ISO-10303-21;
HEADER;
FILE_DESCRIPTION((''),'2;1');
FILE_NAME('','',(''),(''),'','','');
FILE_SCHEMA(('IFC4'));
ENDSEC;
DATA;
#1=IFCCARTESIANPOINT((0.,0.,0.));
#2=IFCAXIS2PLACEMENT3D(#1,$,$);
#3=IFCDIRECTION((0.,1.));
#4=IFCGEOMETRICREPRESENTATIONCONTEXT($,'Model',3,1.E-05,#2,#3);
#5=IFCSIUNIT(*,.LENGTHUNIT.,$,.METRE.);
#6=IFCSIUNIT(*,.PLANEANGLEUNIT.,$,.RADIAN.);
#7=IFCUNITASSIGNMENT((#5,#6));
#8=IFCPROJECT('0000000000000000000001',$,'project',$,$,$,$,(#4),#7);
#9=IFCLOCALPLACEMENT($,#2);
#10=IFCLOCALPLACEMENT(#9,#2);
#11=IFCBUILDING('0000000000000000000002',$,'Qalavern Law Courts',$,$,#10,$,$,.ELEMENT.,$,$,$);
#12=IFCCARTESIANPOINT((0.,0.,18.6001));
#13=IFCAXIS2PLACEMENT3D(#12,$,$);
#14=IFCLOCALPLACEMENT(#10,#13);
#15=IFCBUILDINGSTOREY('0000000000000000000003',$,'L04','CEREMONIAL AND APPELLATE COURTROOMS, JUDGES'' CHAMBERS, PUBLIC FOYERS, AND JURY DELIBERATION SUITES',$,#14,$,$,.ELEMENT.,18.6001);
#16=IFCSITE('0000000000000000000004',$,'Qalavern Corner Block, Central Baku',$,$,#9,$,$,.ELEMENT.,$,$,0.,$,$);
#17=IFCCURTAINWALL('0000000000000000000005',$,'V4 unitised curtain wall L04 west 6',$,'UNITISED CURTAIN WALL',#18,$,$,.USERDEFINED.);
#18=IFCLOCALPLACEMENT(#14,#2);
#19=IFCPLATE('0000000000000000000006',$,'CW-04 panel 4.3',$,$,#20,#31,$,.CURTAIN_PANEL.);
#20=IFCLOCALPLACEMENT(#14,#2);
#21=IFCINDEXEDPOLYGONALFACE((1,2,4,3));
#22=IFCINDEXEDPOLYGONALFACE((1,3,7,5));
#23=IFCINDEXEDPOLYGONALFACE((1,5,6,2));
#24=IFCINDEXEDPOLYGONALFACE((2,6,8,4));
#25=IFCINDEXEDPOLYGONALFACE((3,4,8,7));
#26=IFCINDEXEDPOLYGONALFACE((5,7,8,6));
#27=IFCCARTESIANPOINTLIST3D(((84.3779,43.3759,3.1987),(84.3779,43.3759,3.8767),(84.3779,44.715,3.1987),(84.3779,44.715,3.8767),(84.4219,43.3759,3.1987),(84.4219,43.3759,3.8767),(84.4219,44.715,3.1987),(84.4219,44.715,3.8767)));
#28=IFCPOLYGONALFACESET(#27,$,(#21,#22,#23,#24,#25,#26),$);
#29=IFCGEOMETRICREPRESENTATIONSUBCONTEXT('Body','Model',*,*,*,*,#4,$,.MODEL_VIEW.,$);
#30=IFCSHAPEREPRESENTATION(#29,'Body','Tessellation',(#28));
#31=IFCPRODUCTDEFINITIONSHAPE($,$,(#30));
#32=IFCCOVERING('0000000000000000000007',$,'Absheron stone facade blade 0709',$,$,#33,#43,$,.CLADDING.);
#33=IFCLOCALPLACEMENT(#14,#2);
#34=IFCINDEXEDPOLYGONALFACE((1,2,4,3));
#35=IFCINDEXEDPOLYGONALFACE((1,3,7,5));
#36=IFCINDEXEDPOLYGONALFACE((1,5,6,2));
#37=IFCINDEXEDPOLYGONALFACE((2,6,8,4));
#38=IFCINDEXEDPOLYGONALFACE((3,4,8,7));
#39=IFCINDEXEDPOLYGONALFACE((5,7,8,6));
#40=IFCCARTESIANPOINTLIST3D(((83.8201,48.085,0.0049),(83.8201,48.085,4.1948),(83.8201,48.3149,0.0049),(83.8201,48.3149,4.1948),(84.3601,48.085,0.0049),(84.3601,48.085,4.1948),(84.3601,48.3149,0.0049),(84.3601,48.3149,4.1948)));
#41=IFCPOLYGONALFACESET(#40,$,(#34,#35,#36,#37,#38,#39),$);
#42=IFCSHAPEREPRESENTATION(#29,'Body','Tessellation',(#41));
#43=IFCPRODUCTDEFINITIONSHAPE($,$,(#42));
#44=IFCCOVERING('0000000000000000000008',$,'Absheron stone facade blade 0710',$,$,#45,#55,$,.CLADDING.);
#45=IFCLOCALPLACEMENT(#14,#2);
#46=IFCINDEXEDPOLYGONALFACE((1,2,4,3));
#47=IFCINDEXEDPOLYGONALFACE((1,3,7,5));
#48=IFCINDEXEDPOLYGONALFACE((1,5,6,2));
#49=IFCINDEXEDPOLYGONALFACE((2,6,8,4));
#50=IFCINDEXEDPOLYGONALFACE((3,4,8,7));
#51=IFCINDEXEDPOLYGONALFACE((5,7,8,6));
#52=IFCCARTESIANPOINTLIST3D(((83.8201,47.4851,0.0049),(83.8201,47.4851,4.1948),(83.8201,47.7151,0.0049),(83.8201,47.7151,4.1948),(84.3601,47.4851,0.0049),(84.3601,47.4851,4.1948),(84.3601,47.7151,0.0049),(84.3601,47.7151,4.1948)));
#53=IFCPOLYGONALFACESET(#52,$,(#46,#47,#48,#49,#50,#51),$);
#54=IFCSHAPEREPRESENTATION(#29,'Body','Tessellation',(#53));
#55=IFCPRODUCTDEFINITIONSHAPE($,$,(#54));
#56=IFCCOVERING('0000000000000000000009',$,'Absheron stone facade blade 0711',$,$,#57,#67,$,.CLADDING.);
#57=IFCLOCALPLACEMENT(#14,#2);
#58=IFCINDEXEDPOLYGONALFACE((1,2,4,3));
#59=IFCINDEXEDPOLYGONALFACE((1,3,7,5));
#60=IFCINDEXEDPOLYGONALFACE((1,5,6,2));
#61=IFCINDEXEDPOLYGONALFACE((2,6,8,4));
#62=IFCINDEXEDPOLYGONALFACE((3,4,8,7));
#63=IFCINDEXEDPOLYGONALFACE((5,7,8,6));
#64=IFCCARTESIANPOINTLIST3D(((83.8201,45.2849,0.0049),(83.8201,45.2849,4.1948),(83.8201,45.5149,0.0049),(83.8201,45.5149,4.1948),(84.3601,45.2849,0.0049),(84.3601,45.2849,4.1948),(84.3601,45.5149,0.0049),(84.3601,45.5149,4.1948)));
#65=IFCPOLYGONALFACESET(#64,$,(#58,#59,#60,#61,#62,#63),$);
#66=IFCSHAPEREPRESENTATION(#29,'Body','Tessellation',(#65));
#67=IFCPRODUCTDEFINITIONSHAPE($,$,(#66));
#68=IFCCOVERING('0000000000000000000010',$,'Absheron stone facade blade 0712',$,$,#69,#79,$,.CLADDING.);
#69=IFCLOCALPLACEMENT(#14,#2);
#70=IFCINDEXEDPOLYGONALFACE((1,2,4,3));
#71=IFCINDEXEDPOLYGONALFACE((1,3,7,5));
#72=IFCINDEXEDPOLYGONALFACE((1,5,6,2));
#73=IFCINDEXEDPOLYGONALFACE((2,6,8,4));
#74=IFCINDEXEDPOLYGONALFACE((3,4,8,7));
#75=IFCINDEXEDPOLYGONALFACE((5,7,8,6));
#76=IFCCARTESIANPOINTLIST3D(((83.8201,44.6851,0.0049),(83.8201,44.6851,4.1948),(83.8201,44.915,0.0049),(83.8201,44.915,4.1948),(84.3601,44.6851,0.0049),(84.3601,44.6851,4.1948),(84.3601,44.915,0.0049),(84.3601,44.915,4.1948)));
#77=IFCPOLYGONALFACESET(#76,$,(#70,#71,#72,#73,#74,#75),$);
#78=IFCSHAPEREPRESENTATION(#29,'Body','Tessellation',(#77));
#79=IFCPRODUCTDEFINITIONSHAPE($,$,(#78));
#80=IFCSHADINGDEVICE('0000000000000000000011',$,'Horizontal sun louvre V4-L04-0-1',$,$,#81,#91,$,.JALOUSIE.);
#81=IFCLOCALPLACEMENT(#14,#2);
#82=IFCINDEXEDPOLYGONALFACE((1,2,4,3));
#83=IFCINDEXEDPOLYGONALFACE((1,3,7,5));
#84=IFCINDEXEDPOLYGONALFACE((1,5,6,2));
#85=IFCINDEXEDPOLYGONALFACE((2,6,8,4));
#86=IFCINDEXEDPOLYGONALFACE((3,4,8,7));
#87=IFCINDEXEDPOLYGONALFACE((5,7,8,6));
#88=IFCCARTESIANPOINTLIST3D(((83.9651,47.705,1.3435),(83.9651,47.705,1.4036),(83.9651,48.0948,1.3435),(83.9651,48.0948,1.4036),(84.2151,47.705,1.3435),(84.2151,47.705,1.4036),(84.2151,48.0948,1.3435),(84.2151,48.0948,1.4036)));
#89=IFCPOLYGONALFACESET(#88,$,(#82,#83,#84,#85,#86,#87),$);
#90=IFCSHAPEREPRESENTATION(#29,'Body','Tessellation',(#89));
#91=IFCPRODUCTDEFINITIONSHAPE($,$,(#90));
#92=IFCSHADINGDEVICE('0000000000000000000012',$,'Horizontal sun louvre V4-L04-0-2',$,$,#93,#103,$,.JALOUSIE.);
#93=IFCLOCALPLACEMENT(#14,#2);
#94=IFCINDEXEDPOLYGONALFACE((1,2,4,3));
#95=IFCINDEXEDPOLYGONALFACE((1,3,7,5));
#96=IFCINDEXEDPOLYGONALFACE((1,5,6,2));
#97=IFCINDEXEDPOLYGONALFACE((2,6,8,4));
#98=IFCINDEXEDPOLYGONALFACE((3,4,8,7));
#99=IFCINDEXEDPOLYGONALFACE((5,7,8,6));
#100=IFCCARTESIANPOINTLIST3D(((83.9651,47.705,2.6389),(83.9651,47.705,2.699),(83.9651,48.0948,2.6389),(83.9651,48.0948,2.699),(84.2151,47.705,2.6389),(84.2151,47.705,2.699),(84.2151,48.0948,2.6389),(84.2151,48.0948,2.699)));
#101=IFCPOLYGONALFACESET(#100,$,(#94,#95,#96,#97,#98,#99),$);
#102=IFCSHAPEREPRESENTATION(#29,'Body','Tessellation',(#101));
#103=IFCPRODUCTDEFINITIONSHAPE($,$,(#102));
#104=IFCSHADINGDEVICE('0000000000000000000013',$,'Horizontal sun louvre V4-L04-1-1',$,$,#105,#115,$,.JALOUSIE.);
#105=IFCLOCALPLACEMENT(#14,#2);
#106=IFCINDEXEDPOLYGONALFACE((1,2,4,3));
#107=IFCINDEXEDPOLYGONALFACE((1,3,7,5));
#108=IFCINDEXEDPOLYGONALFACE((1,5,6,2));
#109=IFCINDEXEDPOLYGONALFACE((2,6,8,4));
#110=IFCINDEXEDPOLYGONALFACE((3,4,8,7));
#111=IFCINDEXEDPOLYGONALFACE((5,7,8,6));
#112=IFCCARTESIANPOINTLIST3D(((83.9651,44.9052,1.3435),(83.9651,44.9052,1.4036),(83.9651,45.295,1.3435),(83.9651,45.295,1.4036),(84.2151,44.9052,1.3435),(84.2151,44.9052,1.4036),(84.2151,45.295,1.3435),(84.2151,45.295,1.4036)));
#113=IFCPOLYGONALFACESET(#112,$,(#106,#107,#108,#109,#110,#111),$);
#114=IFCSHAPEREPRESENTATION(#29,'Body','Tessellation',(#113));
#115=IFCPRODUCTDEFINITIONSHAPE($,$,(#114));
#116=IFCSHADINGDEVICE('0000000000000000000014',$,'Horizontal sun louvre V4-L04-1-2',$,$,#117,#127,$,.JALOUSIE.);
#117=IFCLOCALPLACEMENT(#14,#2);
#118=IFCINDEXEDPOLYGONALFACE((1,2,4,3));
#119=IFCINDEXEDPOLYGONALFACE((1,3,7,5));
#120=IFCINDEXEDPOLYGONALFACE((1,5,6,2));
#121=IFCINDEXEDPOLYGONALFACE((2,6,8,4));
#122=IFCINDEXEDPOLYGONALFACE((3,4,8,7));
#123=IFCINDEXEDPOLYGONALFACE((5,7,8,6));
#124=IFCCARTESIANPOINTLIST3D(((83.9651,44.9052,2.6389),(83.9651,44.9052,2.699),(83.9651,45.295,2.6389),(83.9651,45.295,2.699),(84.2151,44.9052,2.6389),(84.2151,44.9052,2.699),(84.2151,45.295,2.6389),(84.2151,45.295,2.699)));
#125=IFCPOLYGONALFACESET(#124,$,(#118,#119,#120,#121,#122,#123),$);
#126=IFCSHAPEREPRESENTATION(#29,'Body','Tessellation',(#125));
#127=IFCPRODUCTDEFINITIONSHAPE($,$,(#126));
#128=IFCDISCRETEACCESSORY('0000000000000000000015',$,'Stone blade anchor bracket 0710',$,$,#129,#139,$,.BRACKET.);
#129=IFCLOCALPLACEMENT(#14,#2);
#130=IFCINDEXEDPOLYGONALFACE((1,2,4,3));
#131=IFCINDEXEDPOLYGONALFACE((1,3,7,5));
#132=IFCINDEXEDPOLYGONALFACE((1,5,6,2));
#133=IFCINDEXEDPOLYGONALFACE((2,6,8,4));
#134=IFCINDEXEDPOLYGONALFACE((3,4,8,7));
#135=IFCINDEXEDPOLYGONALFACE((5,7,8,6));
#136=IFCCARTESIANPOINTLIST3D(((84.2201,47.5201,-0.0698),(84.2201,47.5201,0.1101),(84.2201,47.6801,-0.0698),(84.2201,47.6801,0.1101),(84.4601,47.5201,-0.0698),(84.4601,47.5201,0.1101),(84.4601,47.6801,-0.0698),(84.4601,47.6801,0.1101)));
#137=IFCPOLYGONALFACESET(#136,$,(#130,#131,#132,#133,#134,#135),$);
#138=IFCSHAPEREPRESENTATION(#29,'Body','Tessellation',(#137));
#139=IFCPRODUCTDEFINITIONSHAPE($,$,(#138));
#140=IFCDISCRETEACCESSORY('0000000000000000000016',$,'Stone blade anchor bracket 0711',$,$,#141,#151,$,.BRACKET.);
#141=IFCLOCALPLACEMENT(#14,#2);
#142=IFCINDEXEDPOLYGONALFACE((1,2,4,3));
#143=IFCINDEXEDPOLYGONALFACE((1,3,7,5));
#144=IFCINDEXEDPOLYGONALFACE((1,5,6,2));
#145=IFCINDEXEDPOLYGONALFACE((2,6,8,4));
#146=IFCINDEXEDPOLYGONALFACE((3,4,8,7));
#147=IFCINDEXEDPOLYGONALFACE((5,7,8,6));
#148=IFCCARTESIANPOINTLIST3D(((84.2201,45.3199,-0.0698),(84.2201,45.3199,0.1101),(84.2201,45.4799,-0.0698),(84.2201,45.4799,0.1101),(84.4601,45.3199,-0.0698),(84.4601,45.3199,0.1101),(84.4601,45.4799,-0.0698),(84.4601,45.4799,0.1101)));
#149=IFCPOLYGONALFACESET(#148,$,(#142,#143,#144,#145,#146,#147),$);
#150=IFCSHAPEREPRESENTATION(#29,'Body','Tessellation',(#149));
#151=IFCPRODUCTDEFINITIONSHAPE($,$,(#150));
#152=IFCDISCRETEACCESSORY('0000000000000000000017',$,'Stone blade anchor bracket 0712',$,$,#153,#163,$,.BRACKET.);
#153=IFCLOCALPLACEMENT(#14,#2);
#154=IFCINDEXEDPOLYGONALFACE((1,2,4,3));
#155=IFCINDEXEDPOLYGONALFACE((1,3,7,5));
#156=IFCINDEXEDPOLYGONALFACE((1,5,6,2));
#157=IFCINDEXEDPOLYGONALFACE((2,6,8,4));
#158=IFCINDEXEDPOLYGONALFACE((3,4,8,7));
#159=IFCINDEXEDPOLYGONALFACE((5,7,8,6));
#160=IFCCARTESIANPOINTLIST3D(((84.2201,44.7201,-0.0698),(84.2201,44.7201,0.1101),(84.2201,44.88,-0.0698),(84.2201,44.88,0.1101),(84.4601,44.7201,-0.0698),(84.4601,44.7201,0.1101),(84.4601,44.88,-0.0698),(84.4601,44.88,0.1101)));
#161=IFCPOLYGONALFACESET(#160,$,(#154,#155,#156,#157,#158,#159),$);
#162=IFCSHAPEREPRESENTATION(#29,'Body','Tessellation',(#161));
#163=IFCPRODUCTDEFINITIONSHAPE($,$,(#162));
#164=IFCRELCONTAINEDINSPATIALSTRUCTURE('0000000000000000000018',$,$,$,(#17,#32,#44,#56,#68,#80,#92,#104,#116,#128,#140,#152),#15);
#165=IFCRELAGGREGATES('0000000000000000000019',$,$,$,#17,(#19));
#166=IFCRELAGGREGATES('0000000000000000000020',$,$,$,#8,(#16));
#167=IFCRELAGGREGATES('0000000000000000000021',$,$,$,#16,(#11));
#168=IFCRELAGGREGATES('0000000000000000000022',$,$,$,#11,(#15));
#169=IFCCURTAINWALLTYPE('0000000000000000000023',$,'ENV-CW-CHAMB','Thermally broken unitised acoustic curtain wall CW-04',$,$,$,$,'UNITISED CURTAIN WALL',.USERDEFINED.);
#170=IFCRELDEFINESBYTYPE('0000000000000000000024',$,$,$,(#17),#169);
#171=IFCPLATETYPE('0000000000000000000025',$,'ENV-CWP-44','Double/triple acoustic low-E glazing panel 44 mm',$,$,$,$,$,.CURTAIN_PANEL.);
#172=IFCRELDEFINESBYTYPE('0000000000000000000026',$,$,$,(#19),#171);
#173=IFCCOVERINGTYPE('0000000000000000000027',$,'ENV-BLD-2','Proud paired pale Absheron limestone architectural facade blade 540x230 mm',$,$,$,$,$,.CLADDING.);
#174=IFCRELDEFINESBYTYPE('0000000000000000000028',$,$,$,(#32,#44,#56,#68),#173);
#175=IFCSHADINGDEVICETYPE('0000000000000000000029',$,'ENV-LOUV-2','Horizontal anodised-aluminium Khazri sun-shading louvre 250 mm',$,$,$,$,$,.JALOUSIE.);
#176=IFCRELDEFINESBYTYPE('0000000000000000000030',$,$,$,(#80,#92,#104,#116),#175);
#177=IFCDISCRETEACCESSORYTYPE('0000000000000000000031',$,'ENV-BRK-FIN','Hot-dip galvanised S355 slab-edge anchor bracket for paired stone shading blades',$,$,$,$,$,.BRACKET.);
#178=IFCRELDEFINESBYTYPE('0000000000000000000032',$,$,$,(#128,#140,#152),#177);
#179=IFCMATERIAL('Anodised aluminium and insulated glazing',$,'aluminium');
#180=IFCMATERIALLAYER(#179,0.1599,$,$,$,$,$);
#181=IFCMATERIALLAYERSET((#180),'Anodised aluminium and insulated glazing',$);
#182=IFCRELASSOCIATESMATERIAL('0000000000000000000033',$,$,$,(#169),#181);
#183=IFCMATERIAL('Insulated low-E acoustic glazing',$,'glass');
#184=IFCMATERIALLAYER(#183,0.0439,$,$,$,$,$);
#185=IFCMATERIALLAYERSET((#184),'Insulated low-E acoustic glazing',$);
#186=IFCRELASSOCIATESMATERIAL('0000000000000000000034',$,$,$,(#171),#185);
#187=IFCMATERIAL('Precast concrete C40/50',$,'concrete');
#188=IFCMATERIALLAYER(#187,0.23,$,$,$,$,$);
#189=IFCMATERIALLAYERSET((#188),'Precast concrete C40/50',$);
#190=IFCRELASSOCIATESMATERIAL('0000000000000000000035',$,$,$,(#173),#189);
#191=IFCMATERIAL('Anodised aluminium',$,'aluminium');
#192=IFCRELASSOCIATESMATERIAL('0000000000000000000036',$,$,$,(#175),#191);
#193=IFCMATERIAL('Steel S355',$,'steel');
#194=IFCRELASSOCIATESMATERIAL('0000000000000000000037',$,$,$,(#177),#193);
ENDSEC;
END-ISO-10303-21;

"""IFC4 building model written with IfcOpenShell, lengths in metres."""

from ifc_helpers import new_model, si_unit, direction, frame, origin, origin_2d, place, context, subcontext, project, spatial, rectangle, extrude, material, layer, layer_set, type_object, element, aggregate, save


model = new_model("IFC4")

# Units and contexts
model_context = context("Model", 3, precision=1e-05, world=origin(), true_north=direction((0.0, 1.0)))
body_context = subcontext(model_context, "Body", "Model", "MODEL_VIEW")
ifc_project = project(units=[si_unit("LENGTHUNIT", "METRE"), si_unit("PLANEANGLEUNIT", "RADIAN")], contexts=[model_context])

# Site, building, storey
site_placement = place(None, origin())
site = spatial("IfcSite", under=ifc_project, at=site_placement, Name="Qalavern Corner Block, Central Baku", CompositionType="ELEMENT", RefElevation=0.0)
building_placement = place(site_placement, origin())
building = spatial("IfcBuilding", under=site, at=building_placement, Name="Qalavern Law Courts", CompositionType="ELEMENT")
storey_placement = place(building_placement, frame((0.0, 0.0, 18.6001)))
storey = spatial("IfcBuildingStorey", under=building, at=storey_placement, Name="L04", Description="CEREMONIAL AND APPELLATE COURTROOMS, JUDGES' CHAMBERS, PUBLIC FOYERS, AND JURY DELIBERATION SUITES", CompositionType="ELEMENT", Elevation=18.6001)

# Curtain wall, plate
ifc_material_1 = material(Name="Anodised aluminium and insulated glazing", Category="aluminium")
ifc_layer_1 = layer(ifc_material_1, 0.1599)
ifc_layer_set_1 = layer_set([ifc_layer_1], Name="Anodised aluminium and insulated glazing")
curtain_wall_type = type_object("IfcCurtainWallType", Name="ENV-CW-CHAMB", Description="Thermally broken unitised acoustic curtain wall CW-04", ElementType="UNITISED CURTAIN WALL", PredefinedType="USERDEFINED", material=ifc_layer_set_1)
curtain_wall_placement = place(storey_placement, origin())
curtain_wall = element("IfcCurtainWall", 1, at=curtain_wall_placement, inside=storey, type_object=curtain_wall_type, Name="V4 unitised curtain wall L04 west 6", ObjectType="UNITISED CURTAIN WALL", PredefinedType="USERDEFINED")
ifc_material_2 = material(Name="Anodised aluminium", Category="aluminium")
ifc_material_3 = material(Name="Insulated low-E acoustic glazing", Category="glass")
ifc_layer_2 = layer(ifc_material_3, 0.0439)
ifc_layer_set_2 = layer_set([ifc_layer_2], Name="Insulated low-E acoustic glazing")
plate_type = type_object("IfcPlateType", Name="ENV-CWP-44", Description="Double/triple acoustic low-E glazing panel 44 mm", PredefinedType="CURTAIN_PANEL", material=ifc_layer_set_2)
plate_1_placement = place(storey_placement, frame((84.3999, 44.0454, 3.1987), z_axis=(0.0, 0.0, 1.0), x_axis=(0.0, -1.0, 0.0)))
plate_1 = element("IfcPlate", 2, at=plate_1_placement, type_object=plate_type, Name="CW-04 panel 4.3", PredefinedType="CURTAIN_PANEL", context=body_context, shape_type="SweptSolid", body=[
    extrude(rectangle(XDim=1.3391, YDim=0.0439, at=origin_2d()), origin(), (0.0, 0.0, 1.0), 0.678),
])
aggregate(curtain_wall, [plate_1])

# Coverings
ifc_material_4 = material(Name="Precast concrete C40/50", Category="concrete")
ifc_layer_3 = layer(ifc_material_4, 0.23)
ifc_layer_set_3 = layer_set([ifc_layer_3], Name="Precast concrete C40/50")
covering_type = type_object("IfcCoveringType", Name="ENV-BLD-2", Description="Proud paired pale Absheron limestone architectural facade blade 540x230 mm", PredefinedType="CLADDING", material=ifc_layer_set_3)
for number, where, z_axis, x_axis, name in (
    (3, (84.0901, 48.2, 0.0049), (0.0, 0.0, 1.0), (-1.0, 0.0, 0.0), "Absheron stone facade blade 0709"),
    (4, (84.0901, 47.6001, 0.0049), (0.0, 0.0, 1.0), (-1.0, 0.0, 0.0), "Absheron stone facade blade 0710"),
    (5, (84.0901, 45.3999, 0.0049), (0.0, 0.0, 1.0), (-1.0, 0.0, 0.0), "Absheron stone facade blade 0711"),
    (6, (84.0901, 44.8, 0.0049), (0.0, 0.0, 1.0), (-1.0, 0.0, 0.0), "Absheron stone facade blade 0712"),
):
    element("IfcCovering", number, at=place(storey_placement, frame(where, z_axis=z_axis, x_axis=x_axis)), inside=storey, type_object=covering_type, Name=name, PredefinedType="CLADDING", context=body_context, shape_type="SweptSolid", body=[
        extrude(rectangle(XDim=0.54, YDim=0.23, at=origin_2d()), origin(), (0.0, 0.0, 1.0), 4.1899),
    ])

# Shading devices
shading_device_type = type_object("IfcShadingDeviceType", Name="ENV-LOUV-2", Description="Horizontal anodised-aluminium Khazri sun-shading louvre 250 mm", PredefinedType="JALOUSIE", material=ifc_material_2)
for number, where, z_axis, x_axis, name in (
    (7, (84.0901, 47.8999, 1.3435), (0.0, 0.0, 1.0), (0.0, -1.0, 0.0), "Horizontal sun louvre V4-L04-0-1"),
    (8, (84.0901, 47.8999, 2.6389), (0.0, 0.0, 1.0), (0.0, -1.0, 0.0), "Horizontal sun louvre V4-L04-0-2"),
    (9, (84.0901, 45.1001, 1.3435), (0.0, 0.0, 1.0), (0.0, -1.0, 0.0), "Horizontal sun louvre V4-L04-1-1"),
    (10, (84.0901, 45.1001, 2.6389), (0.0, 0.0, 1.0), (0.0, -1.0, 0.0), "Horizontal sun louvre V4-L04-1-2"),
):
    element("IfcShadingDevice", number, at=place(storey_placement, frame(where, z_axis=z_axis, x_axis=x_axis)), inside=storey, type_object=shading_device_type, Name=name, PredefinedType="JALOUSIE", context=body_context, shape_type="SweptSolid", body=[
        extrude(rectangle(XDim=0.3899, YDim=0.25, at=origin_2d()), origin(), (0.0, 0.0, 1.0), 0.0601),
    ])

# Discrete accessories
ifc_material_5 = material(Name="Steel S355", Category="steel")
discrete_accessory_type = type_object("IfcDiscreteAccessoryType", Name="ENV-BRK-FIN", Description="Hot-dip galvanised S355 slab-edge anchor bracket for paired stone shading blades", PredefinedType="BRACKET", material=ifc_material_5)
for number, where, z_axis, x_axis, name in (
    (11, (84.3401, 47.6001, -0.0698), (0.0, 0.0, 1.0), (-1.0, 0.0, 0.0), "Stone blade anchor bracket 0710"),
    (12, (84.3401, 45.3999, -0.0698), (0.0, 0.0, 1.0), (-1.0, 0.0, 0.0), "Stone blade anchor bracket 0711"),
    (13, (84.3401, 44.8, -0.0698), (0.0, 0.0, 1.0), (-1.0, 0.0, 0.0), "Stone blade anchor bracket 0712"),
):
    element("IfcDiscreteAccessory", number, at=place(storey_placement, frame(where, z_axis=z_axis, x_axis=x_axis)), inside=storey, type_object=discrete_accessory_type, Name=name, PredefinedType="BRACKET", context=body_context, shape_type="SweptSolid", body=[
        extrude(rectangle(XDim=0.24, YDim=0.1599, at=origin_2d()), origin(), (0.0, 0.0, 1.0), 0.1799),
    ])

save(model, "model.ifc")
